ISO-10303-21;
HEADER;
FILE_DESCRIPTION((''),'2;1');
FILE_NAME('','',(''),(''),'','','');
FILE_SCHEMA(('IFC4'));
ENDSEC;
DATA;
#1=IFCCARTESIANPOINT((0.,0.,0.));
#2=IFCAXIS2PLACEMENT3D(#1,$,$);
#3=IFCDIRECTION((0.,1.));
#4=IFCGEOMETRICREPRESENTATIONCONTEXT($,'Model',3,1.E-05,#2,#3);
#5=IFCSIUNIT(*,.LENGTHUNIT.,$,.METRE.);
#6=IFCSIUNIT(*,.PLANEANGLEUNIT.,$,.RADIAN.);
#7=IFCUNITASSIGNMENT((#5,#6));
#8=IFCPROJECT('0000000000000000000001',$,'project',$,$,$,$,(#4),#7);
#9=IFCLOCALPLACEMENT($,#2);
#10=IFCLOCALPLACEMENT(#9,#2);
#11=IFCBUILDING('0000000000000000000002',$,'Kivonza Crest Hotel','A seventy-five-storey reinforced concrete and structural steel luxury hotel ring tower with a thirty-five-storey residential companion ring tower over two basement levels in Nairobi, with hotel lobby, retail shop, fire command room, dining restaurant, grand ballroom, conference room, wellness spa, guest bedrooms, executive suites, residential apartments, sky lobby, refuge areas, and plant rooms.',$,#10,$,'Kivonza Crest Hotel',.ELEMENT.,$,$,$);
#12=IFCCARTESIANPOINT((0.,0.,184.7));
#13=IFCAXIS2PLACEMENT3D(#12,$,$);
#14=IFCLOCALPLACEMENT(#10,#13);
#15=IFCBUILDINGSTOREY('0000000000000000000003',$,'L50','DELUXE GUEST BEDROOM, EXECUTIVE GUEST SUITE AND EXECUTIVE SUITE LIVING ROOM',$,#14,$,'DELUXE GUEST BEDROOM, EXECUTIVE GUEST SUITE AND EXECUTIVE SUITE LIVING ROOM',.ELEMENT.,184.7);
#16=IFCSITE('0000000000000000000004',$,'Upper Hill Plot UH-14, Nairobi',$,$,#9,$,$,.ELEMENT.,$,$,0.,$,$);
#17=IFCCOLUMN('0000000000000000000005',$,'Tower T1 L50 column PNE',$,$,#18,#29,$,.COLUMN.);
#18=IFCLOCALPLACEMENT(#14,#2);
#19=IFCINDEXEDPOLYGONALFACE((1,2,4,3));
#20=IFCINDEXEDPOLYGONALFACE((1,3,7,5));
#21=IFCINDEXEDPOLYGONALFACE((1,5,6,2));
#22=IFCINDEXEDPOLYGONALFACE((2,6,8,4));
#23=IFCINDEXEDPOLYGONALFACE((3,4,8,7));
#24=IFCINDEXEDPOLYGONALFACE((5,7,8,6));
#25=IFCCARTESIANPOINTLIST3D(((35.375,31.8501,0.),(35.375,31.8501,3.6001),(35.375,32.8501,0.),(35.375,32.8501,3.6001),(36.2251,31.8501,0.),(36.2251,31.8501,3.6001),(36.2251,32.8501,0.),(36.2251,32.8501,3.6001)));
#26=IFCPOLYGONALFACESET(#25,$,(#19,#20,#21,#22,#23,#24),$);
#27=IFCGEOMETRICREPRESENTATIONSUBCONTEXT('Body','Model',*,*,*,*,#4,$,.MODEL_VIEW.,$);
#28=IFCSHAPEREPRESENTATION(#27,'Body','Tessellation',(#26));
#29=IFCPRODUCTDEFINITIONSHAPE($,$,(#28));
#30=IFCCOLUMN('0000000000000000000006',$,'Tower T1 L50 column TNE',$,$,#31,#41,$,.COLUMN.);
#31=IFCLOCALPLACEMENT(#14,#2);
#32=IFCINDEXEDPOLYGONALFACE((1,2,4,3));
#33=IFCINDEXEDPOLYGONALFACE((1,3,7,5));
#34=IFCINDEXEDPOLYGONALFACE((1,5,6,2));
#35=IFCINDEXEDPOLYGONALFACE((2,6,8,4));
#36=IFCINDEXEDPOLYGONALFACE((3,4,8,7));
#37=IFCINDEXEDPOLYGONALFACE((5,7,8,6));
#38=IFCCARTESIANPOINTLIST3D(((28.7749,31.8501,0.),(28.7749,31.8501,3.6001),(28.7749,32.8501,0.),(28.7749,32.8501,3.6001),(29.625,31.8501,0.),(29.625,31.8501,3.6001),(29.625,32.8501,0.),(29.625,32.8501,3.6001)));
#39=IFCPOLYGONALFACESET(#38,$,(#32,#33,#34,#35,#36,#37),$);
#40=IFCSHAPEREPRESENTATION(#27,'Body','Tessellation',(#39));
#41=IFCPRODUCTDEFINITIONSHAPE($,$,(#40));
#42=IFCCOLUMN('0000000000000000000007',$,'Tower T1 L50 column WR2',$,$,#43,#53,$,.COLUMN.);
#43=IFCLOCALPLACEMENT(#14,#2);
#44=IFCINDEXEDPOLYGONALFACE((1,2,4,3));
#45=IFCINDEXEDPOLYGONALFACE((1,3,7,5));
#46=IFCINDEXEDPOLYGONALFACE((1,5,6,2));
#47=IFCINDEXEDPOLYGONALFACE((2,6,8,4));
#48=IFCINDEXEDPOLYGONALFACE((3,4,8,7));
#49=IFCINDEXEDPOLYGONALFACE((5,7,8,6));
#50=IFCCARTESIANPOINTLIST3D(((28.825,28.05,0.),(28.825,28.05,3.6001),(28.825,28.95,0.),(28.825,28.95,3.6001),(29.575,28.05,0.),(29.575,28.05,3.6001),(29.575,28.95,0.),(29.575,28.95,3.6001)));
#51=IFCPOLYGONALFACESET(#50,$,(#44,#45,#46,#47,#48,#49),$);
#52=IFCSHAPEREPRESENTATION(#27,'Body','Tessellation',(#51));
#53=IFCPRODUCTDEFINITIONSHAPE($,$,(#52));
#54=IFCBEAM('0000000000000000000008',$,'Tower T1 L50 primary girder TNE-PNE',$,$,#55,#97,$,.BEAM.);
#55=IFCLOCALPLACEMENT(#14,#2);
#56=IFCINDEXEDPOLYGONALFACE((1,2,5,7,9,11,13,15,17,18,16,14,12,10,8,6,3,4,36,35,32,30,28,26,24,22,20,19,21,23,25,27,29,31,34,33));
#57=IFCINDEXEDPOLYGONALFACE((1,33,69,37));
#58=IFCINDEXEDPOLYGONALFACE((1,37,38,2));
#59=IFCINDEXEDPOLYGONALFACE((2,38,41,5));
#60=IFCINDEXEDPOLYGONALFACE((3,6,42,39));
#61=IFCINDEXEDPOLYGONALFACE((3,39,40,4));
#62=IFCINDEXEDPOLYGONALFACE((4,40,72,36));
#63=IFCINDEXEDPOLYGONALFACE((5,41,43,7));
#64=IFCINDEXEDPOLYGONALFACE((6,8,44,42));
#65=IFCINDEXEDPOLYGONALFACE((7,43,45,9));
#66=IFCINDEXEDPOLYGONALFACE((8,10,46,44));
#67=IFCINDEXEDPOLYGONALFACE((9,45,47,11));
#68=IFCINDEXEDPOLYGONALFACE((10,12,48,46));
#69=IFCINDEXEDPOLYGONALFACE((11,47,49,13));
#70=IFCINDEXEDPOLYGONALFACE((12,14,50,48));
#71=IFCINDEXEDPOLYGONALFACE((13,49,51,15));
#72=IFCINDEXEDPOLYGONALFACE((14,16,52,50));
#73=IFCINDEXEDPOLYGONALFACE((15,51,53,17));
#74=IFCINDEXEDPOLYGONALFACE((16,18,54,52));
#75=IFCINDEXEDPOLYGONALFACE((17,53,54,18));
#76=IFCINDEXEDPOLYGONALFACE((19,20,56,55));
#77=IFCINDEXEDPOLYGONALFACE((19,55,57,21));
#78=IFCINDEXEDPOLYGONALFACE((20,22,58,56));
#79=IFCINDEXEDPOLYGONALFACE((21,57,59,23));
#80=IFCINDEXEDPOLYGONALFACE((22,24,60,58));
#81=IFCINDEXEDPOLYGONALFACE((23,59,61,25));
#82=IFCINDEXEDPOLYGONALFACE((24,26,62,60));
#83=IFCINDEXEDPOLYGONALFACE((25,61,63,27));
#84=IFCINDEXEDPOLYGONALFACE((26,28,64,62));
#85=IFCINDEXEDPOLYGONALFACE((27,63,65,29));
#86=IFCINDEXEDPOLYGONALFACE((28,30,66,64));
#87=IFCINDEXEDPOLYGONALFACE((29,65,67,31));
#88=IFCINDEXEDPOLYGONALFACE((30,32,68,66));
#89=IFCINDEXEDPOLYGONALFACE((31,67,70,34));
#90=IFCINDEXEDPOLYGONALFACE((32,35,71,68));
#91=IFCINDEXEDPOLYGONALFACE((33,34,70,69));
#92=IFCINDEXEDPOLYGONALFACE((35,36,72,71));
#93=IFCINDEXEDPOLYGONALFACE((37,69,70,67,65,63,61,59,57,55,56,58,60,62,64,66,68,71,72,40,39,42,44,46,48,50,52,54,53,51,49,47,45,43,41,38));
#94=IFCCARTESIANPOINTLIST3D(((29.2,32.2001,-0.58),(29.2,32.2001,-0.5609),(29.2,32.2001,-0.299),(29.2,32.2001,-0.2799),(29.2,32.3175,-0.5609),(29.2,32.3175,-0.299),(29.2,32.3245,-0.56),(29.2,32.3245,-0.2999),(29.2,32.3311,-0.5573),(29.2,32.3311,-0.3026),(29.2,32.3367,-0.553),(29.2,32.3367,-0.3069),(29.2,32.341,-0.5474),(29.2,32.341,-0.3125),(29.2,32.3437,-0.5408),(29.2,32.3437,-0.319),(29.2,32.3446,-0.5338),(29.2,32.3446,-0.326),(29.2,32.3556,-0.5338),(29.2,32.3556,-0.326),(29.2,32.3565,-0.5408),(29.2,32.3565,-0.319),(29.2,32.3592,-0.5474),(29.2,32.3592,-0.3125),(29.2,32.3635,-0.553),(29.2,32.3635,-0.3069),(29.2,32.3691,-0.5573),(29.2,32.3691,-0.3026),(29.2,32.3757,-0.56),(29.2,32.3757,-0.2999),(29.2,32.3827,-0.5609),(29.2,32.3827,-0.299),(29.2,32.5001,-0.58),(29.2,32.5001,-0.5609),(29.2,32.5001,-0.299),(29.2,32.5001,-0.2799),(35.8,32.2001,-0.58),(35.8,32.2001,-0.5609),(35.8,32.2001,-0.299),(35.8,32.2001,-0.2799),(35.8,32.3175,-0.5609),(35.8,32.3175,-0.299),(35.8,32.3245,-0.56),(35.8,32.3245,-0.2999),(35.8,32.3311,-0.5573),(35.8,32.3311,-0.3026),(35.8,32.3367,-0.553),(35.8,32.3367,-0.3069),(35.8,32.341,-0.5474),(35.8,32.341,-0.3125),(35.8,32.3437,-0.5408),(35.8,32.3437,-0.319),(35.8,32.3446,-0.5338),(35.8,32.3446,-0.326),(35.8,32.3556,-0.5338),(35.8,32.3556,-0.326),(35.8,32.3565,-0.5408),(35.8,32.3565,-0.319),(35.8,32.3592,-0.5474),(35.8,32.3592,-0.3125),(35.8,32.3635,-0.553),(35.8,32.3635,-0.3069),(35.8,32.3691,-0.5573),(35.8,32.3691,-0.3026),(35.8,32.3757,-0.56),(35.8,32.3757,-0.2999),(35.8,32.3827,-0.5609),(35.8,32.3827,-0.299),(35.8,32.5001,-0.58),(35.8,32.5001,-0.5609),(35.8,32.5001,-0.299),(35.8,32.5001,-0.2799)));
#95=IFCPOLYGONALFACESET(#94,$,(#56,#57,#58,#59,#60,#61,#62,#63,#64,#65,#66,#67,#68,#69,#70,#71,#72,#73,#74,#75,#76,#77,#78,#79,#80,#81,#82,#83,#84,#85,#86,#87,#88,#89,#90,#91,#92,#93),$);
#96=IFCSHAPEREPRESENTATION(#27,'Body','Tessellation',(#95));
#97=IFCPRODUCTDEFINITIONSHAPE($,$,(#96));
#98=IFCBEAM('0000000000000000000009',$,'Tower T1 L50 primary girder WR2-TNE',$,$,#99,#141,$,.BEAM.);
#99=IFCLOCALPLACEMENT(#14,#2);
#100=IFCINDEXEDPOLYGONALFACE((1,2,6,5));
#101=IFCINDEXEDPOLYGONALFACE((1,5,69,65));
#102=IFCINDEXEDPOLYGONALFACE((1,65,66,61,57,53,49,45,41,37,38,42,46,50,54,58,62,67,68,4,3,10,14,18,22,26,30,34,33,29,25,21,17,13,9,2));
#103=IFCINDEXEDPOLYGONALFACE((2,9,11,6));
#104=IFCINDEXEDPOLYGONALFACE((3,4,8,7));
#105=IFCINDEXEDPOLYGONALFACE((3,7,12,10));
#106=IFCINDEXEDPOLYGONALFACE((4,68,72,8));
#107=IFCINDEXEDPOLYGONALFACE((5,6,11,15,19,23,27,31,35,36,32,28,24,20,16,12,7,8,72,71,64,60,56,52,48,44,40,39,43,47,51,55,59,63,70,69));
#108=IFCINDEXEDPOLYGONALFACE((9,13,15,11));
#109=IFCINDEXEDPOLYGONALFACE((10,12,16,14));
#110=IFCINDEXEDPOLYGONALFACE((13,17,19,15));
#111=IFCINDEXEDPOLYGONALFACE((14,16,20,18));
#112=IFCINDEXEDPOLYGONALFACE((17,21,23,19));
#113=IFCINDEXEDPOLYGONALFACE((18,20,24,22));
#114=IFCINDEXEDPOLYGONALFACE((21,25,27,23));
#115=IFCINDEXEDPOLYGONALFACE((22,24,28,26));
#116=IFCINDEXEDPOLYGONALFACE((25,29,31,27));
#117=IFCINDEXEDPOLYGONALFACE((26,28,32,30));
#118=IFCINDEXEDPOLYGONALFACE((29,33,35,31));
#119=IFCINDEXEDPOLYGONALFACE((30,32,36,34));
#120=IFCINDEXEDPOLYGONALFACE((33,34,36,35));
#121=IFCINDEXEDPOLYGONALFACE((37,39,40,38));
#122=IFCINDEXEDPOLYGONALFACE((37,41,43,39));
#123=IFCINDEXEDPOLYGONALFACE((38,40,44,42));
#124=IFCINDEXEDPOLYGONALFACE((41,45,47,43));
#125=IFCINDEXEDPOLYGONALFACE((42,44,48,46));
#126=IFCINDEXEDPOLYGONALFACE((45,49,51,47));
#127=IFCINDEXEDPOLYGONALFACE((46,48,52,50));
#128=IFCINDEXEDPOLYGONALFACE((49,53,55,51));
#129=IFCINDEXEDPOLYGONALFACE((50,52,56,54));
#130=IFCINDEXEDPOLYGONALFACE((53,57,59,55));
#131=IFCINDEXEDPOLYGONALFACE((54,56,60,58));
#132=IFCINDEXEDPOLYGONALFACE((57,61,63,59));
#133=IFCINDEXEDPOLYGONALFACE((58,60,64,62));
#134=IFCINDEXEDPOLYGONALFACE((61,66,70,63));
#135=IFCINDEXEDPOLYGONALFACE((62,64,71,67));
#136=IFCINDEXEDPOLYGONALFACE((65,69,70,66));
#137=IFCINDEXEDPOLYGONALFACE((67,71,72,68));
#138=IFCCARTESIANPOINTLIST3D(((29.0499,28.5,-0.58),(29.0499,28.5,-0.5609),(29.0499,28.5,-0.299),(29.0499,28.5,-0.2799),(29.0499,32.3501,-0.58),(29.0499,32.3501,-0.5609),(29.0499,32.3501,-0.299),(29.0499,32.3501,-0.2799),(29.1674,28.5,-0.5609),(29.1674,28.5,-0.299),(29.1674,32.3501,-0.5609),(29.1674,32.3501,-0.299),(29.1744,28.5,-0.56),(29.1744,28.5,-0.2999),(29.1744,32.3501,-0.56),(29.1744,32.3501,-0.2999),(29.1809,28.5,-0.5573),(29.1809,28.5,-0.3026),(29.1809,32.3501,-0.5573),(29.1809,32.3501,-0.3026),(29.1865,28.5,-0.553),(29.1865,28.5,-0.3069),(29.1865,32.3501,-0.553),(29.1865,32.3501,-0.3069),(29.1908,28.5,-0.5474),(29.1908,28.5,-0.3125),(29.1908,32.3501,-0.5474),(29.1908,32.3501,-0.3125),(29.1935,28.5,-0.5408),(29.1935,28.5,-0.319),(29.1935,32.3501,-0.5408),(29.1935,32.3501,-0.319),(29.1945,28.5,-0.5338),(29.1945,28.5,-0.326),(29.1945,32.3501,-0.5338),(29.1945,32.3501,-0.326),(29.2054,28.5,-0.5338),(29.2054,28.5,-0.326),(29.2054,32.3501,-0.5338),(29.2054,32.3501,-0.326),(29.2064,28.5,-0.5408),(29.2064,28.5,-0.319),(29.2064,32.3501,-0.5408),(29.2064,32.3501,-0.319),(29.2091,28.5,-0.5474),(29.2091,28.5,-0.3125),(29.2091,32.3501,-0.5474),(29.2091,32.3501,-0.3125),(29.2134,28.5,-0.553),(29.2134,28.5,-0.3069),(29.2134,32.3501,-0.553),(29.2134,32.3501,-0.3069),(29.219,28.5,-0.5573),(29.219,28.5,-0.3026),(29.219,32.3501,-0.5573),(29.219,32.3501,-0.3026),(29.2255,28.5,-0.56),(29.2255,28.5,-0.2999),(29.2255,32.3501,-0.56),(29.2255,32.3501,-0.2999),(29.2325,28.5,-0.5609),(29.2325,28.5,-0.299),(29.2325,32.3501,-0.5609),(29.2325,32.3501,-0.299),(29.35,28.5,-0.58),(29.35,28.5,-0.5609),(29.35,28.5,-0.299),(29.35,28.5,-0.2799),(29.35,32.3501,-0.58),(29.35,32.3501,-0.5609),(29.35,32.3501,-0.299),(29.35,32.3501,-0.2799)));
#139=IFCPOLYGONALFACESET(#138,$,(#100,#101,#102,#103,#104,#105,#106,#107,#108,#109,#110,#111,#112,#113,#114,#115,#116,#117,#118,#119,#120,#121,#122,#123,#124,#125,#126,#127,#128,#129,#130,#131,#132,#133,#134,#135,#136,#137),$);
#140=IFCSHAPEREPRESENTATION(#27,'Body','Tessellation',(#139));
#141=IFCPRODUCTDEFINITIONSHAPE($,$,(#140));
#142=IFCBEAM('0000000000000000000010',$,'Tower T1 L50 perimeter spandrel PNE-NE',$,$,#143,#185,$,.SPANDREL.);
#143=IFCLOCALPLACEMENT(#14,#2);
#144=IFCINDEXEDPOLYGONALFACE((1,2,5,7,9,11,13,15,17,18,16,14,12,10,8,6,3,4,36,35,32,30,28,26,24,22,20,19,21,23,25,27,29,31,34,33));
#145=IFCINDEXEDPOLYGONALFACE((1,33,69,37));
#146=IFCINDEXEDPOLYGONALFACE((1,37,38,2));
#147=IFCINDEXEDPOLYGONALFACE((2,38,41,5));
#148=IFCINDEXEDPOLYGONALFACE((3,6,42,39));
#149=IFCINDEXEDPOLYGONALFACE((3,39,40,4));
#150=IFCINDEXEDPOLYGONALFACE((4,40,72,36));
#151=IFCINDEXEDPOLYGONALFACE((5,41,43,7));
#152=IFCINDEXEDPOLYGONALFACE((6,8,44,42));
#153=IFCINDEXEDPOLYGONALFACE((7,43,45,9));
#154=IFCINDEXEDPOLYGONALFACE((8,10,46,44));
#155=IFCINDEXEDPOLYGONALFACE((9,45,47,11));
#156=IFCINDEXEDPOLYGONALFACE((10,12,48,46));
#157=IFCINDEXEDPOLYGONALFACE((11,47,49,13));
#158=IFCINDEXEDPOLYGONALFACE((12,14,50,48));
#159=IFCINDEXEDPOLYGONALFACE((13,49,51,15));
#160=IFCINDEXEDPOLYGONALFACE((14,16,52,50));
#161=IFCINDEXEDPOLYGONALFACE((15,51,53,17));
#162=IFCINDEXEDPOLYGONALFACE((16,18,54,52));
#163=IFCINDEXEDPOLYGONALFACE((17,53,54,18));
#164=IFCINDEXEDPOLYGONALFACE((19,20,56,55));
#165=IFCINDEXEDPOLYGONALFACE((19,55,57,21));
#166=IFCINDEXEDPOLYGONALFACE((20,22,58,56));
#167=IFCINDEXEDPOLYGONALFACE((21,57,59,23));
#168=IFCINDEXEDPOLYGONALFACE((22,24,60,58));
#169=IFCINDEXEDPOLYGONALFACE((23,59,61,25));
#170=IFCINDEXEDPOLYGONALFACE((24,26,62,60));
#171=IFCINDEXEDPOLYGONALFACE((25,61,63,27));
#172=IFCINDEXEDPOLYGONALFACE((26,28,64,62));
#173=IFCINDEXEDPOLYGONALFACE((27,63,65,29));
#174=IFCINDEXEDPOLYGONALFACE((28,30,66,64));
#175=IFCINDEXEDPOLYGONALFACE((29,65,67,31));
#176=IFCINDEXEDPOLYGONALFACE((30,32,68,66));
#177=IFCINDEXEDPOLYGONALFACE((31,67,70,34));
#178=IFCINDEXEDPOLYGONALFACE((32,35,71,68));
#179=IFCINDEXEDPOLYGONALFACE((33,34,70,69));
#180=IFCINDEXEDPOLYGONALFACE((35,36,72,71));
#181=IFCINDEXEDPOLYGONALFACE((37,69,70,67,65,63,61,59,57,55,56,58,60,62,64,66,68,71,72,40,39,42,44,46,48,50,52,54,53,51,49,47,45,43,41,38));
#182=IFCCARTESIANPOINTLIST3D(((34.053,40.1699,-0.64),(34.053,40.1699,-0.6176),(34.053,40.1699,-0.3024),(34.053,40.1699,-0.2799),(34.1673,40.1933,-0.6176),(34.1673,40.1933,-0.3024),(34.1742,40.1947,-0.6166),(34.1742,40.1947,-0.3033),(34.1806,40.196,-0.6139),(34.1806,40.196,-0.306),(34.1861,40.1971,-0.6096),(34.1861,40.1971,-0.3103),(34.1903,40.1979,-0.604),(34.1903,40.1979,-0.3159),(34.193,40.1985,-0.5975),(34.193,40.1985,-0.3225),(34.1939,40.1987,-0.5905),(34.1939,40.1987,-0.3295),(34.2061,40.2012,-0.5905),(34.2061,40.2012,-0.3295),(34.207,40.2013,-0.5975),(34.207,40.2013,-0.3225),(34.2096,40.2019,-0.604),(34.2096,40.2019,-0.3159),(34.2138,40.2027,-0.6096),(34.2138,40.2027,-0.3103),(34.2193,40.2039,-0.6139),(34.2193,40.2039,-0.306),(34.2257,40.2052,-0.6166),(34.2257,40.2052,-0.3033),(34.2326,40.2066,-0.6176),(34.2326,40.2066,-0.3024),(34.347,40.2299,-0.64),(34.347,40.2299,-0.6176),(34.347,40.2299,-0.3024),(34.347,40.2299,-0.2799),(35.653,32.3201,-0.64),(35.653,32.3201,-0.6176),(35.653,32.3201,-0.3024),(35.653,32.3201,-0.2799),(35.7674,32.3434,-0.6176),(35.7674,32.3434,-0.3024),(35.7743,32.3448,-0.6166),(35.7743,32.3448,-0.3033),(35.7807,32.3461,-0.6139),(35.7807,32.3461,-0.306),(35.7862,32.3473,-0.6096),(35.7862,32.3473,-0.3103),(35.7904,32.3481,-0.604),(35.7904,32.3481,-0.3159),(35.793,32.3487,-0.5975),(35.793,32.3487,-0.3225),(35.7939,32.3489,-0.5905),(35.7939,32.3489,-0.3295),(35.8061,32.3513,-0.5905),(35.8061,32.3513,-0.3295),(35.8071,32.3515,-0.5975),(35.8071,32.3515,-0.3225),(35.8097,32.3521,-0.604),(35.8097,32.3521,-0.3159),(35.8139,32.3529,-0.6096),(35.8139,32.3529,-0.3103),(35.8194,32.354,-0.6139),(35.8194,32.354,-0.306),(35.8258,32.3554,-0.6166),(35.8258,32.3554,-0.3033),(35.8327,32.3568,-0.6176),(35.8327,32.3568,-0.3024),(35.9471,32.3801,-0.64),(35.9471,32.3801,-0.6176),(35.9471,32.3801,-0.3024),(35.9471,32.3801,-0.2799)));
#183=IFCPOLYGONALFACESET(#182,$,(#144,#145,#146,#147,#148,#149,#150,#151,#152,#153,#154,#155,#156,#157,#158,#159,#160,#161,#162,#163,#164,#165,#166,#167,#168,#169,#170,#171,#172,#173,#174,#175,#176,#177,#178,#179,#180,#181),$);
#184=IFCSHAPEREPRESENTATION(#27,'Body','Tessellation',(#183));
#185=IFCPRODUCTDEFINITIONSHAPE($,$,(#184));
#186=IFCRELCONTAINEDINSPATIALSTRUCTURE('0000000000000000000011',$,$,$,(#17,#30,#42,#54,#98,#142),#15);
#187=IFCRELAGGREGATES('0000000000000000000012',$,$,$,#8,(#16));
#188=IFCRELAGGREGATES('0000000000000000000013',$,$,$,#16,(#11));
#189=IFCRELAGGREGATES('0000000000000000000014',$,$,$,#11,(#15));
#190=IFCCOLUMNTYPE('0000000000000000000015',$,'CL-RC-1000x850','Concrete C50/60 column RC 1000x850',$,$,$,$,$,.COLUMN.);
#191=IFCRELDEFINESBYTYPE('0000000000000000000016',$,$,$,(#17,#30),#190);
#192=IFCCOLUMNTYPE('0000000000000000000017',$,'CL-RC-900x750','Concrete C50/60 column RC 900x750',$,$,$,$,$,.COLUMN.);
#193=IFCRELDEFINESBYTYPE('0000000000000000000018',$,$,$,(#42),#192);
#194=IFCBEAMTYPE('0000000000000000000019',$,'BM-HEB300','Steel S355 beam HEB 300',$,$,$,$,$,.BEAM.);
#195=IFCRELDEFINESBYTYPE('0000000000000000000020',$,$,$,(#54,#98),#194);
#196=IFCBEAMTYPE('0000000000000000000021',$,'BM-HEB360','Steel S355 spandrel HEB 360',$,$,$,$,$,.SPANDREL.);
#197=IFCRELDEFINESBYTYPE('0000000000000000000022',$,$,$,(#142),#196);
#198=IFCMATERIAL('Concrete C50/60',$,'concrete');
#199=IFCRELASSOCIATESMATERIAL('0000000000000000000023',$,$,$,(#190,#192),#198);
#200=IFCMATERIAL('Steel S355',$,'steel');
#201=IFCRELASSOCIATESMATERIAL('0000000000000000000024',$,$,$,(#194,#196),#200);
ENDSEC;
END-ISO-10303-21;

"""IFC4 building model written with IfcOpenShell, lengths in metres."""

from ifc_helpers import new_model, si_unit, direction, frame, origin, origin_2d, place, context, subcontext, project, spatial, rectangle, i_section, extrude, material, material_profile, profile_set, type_object, element, save


model = new_model("IFC4")

# Units and contexts
model_context = context("Model", 3, precision=1e-05, world=origin(), true_north=direction((0.0, 1.0)))
body_context = subcontext(model_context, "Body", "Model", "MODEL_VIEW")
ifc_project = project(units=[si_unit("LENGTHUNIT", "METRE"), si_unit("PLANEANGLEUNIT", "RADIAN")], contexts=[model_context])

# Site, building, storey
site_placement = place(None, origin())
site = spatial("IfcSite", under=ifc_project, at=site_placement, Name="Upper Hill Plot UH-14, Nairobi", CompositionType="ELEMENT", RefElevation=0.0)
building_placement = place(site_placement, origin())
building = spatial("IfcBuilding", under=site, at=building_placement, Name="Kivonza Crest Hotel", Description="A seventy-five-storey reinforced concrete and structural steel luxury hotel ring tower with a thirty-five-storey residential companion ring tower over two basement levels in Nairobi, with hotel lobby, retail shop, fire command room, dining restaurant, grand ballroom, conference room, wellness spa, guest bedrooms, executive suites, residential apartments, sky lobby, refuge areas, and plant rooms.", LongName="Kivonza Crest Hotel", CompositionType="ELEMENT")
storey_placement = place(building_placement, frame((0.0, 0.0, 184.7)))
storey = spatial("IfcBuildingStorey", under=building, at=storey_placement, Name="L50", Description="DELUXE GUEST BEDROOM, EXECUTIVE GUEST SUITE AND EXECUTIVE SUITE LIVING ROOM", LongName="DELUXE GUEST BEDROOM, EXECUTIVE GUEST SUITE AND EXECUTIVE SUITE LIVING ROOM", CompositionType="ELEMENT", Elevation=184.7)

# Columns
ifc_material_1 = material(Name="Concrete C50/60", Category="concrete")
ifc_material_profile_1 = material_profile(ifc_material_1, rectangle(XDim=0.8501, YDim=1.0, at=origin_2d()), Name="RC 1000x850")
ifc_profile_set_1 = profile_set([ifc_material_profile_1], Name="Concrete C50/60")
column_type_1 = type_object("IfcColumnType", Name="CL-RC-1000x850", Description="Concrete C50/60 column RC 1000x850", PredefinedType="COLUMN", material=ifc_profile_set_1)
for number, where, z_axis, x_axis, name in (
    (1, (35.8, 32.3501, 0.0), (0.0, 0.0, 1.0), (1.0, 0.0, 0.0), "Tower T1 L50 column PNE"),
    (2, (29.2, 32.3501, 0.0), (0.0, 0.0, 1.0), (1.0, 0.0, 0.0), "Tower T1 L50 column TNE"),
):
    element("IfcColumn", number, at=place(storey_placement, frame(where, z_axis=z_axis, x_axis=x_axis)), inside=storey, type_object=column_type_1, Name=name, PredefinedType="COLUMN", context=body_context, shape_type="SweptSolid", body=[
        extrude(rectangle(XDim=0.8501, YDim=1.0, at=origin_2d()), origin(), (0.0, 0.0, 1.0), 3.6001),
    ])
ifc_material_profile_2 = material_profile(ifc_material_1, rectangle(XDim=0.75, YDim=0.8999, at=origin_2d()), Name="RC 900x750")
ifc_profile_set_2 = profile_set([ifc_material_profile_2], Name="Concrete C50/60")
column_type_2 = type_object("IfcColumnType", Name="CL-RC-900x750", Description="Concrete C50/60 column RC 900x750", PredefinedType="COLUMN", material=ifc_profile_set_2)
column_placement = place(storey_placement, frame((29.2, 28.5, 0.0), z_axis=(0.0, 0.0, 1.0), x_axis=(1.0, 0.0, 0.0)))
element("IfcColumn", 3, at=column_placement, inside=storey, type_object=column_type_2, Name="Tower T1 L50 column WR2", PredefinedType="COLUMN", context=body_context, shape_type="SweptSolid", body=[
    extrude(rectangle(XDim=0.75, YDim=0.8999, at=origin_2d()), origin(), (0.0, 0.0, 1.0), 3.6001),
])

# Beams
ifc_material_2 = material(Name="Steel S355", Category="steel")
ifc_material_profile_3 = material_profile(ifc_material_2, i_section(OverallWidth=0.3, OverallDepth=0.3, WebThickness=0.011, FlangeThickness=0.019, FilletRadius=0.0271, at=origin_2d()), Name="HEB 300")
ifc_profile_set_3 = profile_set([ifc_material_profile_3], Name="Steel S355")
beam_type_1 = type_object("IfcBeamType", Name="BM-HEB300", Description="Steel S355 beam HEB 300", PredefinedType="BEAM", material=ifc_profile_set_3)
beam_1_placement = place(storey_placement, frame((29.2, 32.3501, -0.4299), z_axis=(1.0, 0.0, 0.0), x_axis=(0.0, 1.0, 0.0)))
element("IfcBeam", 4, at=beam_1_placement, inside=storey, type_object=beam_type_1, Name="Tower T1 L50 primary girder TNE-PNE", PredefinedType="BEAM", context=body_context, shape_type="SweptSolid", body=[
    extrude(i_section(OverallWidth=0.3, OverallDepth=0.3, WebThickness=0.011, FlangeThickness=0.019, FilletRadius=0.0271, at=origin_2d()), origin(), (0.0, 0.0, 1.0), 6.6001),
])
beam_2_placement = place(storey_placement, frame((29.2, 28.5, -0.4299), z_axis=(0.0, 1.0, 0.0), x_axis=(-1.0, 0.0, 0.0)))
element("IfcBeam", 5, at=beam_2_placement, inside=storey, type_object=beam_type_1, Name="Tower T1 L50 primary girder WR2-TNE", PredefinedType="BEAM", context=body_context, shape_type="SweptSolid", body=[
    extrude(i_section(OverallWidth=0.3, OverallDepth=0.3, WebThickness=0.011, FlangeThickness=0.019, FilletRadius=0.0271, at=origin_2d()), origin(), (0.0, 0.0, 1.0), 3.8501),
])
ifc_material_profile_4 = material_profile(ifc_material_2, i_section(OverallWidth=0.3, OverallDepth=0.3601, WebThickness=0.0125, FlangeThickness=0.0225, FilletRadius=0.0271, at=origin_2d()), Name="HEB 360")
ifc_profile_set_4 = profile_set([ifc_material_profile_4], Name="Steel S355")
beam_type_2 = type_object("IfcBeamType", Name="BM-HEB360", Description="Steel S355 spandrel HEB 360", PredefinedType="SPANDREL", material=ifc_profile_set_4)
beam_3_placement = place(storey_placement, frame((35.8, 32.3501, -0.46), z_axis=(-0.199731, 0.979851, 0.0), x_axis=(-0.979851, -0.199731, 0.0)))
element("IfcBeam", 6, at=beam_3_placement, inside=storey, type_object=beam_type_2, Name="Tower T1 L50 perimeter spandrel PNE-NE", PredefinedType="SPANDREL", context=body_context, shape_type="SweptSolid", body=[
    extrude(i_section(OverallWidth=0.3, OverallDepth=0.3601, WebThickness=0.0125, FlangeThickness=0.0225, FilletRadius=0.0271, at=origin_2d()), origin(), (0.0, 0.0, 1.0), 8.0112),
])

save(model, "model.ifc")
